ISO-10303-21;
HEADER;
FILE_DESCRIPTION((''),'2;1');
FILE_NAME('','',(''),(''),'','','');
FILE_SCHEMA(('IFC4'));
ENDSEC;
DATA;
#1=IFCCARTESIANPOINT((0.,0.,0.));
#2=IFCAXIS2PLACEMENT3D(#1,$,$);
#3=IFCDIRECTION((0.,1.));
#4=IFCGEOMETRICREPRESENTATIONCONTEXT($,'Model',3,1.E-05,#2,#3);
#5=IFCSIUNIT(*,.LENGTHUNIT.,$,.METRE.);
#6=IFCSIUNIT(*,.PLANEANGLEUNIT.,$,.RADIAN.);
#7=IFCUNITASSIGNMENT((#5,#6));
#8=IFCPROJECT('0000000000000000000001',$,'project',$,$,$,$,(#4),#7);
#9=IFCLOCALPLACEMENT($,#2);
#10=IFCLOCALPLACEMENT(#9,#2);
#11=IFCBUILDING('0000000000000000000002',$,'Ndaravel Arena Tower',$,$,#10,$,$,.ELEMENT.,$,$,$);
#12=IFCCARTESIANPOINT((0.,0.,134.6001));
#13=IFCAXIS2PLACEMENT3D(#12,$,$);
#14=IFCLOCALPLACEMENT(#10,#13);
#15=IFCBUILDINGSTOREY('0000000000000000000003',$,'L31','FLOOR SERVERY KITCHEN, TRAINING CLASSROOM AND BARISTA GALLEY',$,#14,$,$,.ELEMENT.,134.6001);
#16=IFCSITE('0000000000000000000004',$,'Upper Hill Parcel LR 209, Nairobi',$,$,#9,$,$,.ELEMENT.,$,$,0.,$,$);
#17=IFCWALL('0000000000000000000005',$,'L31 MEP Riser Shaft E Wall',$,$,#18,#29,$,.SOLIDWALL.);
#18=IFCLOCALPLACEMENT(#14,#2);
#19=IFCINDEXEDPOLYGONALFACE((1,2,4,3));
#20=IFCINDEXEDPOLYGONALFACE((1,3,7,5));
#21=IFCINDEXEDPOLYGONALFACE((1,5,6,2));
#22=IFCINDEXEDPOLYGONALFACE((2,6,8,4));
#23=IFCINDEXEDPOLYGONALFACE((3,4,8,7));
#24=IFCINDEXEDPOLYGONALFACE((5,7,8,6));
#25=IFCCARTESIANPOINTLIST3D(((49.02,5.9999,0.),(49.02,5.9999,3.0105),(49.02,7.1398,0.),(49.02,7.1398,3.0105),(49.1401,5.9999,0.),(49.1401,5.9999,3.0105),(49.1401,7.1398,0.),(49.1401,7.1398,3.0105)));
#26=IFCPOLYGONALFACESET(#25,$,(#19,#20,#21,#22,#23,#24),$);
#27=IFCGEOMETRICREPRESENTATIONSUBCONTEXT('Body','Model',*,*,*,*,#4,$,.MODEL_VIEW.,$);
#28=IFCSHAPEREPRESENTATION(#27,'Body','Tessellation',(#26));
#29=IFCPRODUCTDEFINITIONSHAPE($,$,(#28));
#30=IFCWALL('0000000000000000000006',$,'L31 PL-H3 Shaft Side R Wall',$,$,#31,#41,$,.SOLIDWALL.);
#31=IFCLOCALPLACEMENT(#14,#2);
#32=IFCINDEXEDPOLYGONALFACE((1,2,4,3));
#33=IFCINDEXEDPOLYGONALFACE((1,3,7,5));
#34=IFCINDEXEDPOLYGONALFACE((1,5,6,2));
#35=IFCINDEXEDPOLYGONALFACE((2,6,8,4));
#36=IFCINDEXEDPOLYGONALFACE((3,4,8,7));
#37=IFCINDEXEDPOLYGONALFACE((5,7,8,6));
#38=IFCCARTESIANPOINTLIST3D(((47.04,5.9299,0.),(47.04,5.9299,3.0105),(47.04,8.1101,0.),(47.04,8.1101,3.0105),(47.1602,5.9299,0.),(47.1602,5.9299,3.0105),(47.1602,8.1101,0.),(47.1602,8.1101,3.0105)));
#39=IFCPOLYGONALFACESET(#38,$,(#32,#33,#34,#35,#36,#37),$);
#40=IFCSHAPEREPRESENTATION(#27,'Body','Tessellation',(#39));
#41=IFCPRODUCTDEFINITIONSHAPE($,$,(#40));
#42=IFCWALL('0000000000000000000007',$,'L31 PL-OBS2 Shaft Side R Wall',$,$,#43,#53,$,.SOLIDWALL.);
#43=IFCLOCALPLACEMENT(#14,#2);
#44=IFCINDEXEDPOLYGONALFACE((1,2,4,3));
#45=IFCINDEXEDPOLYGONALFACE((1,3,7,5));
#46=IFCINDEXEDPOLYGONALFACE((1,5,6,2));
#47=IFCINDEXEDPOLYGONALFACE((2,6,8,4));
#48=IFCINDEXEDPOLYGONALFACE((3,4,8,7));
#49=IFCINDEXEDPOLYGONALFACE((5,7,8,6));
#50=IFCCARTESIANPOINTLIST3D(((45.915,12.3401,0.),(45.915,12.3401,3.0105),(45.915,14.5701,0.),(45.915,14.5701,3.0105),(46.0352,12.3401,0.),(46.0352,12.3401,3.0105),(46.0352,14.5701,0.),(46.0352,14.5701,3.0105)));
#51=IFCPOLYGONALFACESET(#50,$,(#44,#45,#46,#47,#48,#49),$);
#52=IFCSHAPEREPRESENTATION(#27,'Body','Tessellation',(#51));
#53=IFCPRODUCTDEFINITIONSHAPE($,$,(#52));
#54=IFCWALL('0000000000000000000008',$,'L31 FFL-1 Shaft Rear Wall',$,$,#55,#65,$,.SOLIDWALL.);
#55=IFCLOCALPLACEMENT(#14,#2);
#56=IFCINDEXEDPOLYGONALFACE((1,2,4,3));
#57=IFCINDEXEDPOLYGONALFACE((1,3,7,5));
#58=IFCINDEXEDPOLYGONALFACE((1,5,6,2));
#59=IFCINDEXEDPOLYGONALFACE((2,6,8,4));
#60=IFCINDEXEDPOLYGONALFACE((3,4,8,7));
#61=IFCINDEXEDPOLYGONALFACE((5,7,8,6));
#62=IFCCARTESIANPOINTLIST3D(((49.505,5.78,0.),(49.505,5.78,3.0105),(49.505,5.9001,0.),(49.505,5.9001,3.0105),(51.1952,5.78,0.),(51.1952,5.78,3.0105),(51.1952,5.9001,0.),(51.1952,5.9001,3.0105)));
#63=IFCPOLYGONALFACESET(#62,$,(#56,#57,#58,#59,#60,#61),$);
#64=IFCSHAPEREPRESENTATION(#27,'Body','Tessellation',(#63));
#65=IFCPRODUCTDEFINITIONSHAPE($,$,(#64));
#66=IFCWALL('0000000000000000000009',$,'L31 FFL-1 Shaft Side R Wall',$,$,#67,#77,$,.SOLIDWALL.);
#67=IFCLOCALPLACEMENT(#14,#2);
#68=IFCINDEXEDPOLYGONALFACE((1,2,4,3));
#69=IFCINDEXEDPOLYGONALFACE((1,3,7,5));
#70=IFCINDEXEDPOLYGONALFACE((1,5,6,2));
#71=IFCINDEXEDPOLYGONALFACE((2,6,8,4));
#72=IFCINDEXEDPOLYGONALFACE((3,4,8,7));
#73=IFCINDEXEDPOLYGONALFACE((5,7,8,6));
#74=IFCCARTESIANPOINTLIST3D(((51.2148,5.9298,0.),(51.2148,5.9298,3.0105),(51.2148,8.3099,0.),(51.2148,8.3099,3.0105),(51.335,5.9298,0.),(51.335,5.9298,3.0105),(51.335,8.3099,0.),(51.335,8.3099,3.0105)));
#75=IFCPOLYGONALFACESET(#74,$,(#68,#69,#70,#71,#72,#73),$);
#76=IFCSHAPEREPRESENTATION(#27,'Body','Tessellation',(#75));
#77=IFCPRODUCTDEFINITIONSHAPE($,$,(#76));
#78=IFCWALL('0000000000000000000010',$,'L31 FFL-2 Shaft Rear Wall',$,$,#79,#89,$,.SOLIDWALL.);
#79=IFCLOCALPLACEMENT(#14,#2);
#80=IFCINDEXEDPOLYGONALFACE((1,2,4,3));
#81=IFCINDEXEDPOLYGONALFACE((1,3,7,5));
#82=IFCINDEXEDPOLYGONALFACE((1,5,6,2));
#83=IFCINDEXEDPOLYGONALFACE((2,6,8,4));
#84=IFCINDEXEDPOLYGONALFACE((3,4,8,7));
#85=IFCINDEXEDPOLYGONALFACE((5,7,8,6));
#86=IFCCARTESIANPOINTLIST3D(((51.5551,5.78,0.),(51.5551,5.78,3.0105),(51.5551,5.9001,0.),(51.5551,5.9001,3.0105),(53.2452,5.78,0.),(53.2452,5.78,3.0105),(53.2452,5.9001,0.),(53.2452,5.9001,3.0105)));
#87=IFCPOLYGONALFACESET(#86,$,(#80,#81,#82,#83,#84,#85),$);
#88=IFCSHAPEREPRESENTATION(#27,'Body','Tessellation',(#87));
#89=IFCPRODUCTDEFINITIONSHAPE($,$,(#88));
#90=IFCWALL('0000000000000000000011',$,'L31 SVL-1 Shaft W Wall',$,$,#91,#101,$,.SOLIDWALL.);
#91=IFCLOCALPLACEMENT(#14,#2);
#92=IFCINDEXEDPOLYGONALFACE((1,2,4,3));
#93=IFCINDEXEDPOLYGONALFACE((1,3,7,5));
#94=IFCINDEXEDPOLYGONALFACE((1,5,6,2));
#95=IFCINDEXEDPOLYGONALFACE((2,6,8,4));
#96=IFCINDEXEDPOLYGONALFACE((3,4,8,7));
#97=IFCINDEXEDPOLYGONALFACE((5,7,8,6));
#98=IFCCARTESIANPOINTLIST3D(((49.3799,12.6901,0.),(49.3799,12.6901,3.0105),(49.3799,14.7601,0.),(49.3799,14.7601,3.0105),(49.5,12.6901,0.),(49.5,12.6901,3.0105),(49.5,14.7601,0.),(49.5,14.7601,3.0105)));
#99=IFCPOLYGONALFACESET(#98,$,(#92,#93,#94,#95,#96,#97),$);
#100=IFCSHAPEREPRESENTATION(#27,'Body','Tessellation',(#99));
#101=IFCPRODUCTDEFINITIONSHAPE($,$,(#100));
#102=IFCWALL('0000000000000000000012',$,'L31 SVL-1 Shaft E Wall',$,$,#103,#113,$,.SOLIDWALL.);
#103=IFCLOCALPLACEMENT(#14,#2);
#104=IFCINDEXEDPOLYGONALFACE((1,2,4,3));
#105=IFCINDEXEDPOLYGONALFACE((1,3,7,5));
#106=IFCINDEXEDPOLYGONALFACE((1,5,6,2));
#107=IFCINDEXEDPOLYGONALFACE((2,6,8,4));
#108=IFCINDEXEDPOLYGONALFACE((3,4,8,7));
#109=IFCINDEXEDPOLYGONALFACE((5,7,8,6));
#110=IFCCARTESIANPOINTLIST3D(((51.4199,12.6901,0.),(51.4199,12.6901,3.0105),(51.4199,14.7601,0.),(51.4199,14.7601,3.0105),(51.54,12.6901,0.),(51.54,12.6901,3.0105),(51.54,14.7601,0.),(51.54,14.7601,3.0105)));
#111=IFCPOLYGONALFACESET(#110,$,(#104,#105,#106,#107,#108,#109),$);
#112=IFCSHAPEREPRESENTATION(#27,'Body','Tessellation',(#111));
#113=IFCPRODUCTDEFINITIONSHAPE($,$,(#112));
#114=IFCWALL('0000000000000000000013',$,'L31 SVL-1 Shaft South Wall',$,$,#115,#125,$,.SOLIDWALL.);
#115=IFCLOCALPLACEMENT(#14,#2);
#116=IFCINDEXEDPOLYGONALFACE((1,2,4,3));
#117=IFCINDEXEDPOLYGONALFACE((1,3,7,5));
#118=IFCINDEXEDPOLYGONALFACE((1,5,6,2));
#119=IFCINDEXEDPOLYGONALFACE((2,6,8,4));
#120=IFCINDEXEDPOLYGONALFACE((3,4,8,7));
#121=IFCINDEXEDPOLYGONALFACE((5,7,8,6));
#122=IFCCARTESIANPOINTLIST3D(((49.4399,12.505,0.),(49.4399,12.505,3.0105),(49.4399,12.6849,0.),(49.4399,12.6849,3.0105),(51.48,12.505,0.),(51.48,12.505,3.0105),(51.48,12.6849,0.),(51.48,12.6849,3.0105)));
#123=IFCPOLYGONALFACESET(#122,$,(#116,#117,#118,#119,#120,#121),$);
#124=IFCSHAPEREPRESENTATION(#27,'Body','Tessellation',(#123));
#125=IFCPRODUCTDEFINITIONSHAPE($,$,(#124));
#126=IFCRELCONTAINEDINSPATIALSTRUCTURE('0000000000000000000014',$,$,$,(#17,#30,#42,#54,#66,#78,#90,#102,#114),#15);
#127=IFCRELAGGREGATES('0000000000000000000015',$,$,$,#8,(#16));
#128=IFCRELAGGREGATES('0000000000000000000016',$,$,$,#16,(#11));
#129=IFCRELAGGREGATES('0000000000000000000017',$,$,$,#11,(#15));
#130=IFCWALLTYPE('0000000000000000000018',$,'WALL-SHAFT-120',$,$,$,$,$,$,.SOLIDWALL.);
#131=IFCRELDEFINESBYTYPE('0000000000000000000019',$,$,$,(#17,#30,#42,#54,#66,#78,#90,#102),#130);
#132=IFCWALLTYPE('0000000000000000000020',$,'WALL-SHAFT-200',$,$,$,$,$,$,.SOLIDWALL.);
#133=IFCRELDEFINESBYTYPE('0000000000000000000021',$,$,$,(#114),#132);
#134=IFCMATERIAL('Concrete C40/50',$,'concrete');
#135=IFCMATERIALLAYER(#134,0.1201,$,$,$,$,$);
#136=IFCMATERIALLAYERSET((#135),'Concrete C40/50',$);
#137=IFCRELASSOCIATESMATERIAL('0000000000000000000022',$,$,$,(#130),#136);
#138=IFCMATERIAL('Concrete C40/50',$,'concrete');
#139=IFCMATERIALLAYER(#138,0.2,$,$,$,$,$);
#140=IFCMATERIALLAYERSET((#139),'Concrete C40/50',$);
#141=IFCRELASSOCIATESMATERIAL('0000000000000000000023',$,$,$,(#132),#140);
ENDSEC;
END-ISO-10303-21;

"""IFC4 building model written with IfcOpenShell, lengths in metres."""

from ifc_helpers import new_model, si_unit, direction, frame, frame_2d, origin, place, context, subcontext, project, spatial, rectangle, extrude, material, layer, layer_set, type_object, element, save


model = new_model("IFC4")

# Units and contexts
model_context = context("Model", 3, precision=1e-05, world=origin(), true_north=direction((0.0, 1.0)))
body_context = subcontext(model_context, "Body", "Model", "MODEL_VIEW")
ifc_project = project(units=[si_unit("LENGTHUNIT", "METRE"), si_unit("PLANEANGLEUNIT", "RADIAN")], contexts=[model_context])

# Site, building, storey
site_placement = place(None, origin())
site = spatial("IfcSite", under=ifc_project, at=site_placement, Name="Upper Hill Parcel LR 209, Nairobi", CompositionType="ELEMENT", RefElevation=0.0)
building_placement = place(site_placement, origin())
building = spatial("IfcBuilding", under=site, at=building_placement, Name="Ndaravel Arena Tower", CompositionType="ELEMENT")
storey_placement = place(building_placement, frame((0.0, 0.0, 134.6001)))
storey = spatial("IfcBuildingStorey", under=building, at=storey_placement, Name="L31", Description="FLOOR SERVERY KITCHEN, TRAINING CLASSROOM AND BARISTA GALLEY", CompositionType="ELEMENT", Elevation=134.6001)

# Walls
ifc_material_1 = material(Name="Concrete C40/50", Category="concrete")
ifc_layer_1 = layer(ifc_material_1, 0.1201)
ifc_layer_set_1 = layer_set([ifc_layer_1], Name="Concrete C40/50")
wall_type_1 = type_object("IfcWallType", Name="WALL-SHAFT-120", PredefinedType="SOLIDWALL", material=ifc_layer_set_1)
for number, where, z_axis, x_axis, name in (
    (1, (49.0801, 6.0, 0.0), (0.0, 0.0, 1.0), (0.0, 1.0, 0.0), "L31 MEP Riser Shaft E Wall"),
):
    element("IfcWall", number, at=place(storey_placement, frame(where, z_axis=z_axis, x_axis=x_axis)), inside=storey, type_object=wall_type_1, Name=name, PredefinedType="SOLIDWALL", context=body_context, shape_type="SweptSolid", body=[
        extrude(rectangle(XDim=1.1399, YDim=0.1201, at=frame_2d((0.5698, 0.0))), origin(), (0.0, 0.0, 1.0), 3.0105),
    ])
wall_1_placement = place(storey_placement, frame((47.1001, 5.9299, 0.0), z_axis=(0.0, 0.0, 1.0), x_axis=(0.0, 1.0, 0.0)))
element("IfcWall", 2, at=wall_1_placement, inside=storey, type_object=wall_type_1, Name="L31 PL-H3 Shaft Side R Wall", PredefinedType="SOLIDWALL", context=body_context, shape_type="SweptSolid", body=[
    extrude(rectangle(XDim=2.1802, YDim=0.1201, at=frame_2d((1.0901, 0.0))), origin(), (0.0, 0.0, 1.0), 3.0105),
])
wall_2_placement = place(storey_placement, frame((45.9751, 12.3401, 0.0), z_axis=(0.0, 0.0, 1.0), x_axis=(0.0, 1.0, 0.0)))
element("IfcWall", 3, at=wall_2_placement, inside=storey, type_object=wall_type_1, Name="L31 PL-OBS2 Shaft Side R Wall", PredefinedType="SOLIDWALL", context=body_context, shape_type="SweptSolid", body=[
    extrude(rectangle(XDim=2.23, YDim=0.1201, at=frame_2d((1.115, 0.0))), origin(), (0.0, 0.0, 1.0), 3.0105),
])
wall_3_placement = place(storey_placement, frame((49.5049, 5.8401, 0.0), z_axis=(0.0, 0.0, 1.0), x_axis=(1.0, 0.0, 0.0)))
element("IfcWall", 4, at=wall_3_placement, inside=storey, type_object=wall_type_1, Name="L31 FFL-1 Shaft Rear Wall", PredefinedType="SOLIDWALL", context=body_context, shape_type="SweptSolid", body=[
    extrude(rectangle(XDim=1.6902, YDim=0.1201, at=frame_2d((0.8452, 0.0))), origin(), (0.0, 0.0, 1.0), 3.0105),
])
wall_4_placement = place(storey_placement, frame((51.2749, 5.9299, 0.0), z_axis=(0.0, 0.0, 1.0), x_axis=(0.0, 1.0, 0.0)))
element("IfcWall", 5, at=wall_4_placement, inside=storey, type_object=wall_type_1, Name="L31 FFL-1 Shaft Side R Wall", PredefinedType="SOLIDWALL", context=body_context, shape_type="SweptSolid", body=[
    extrude(rectangle(XDim=2.3801, YDim=0.1201, at=frame_2d((1.1899, 0.0))), origin(), (0.0, 0.0, 1.0), 3.0105),
])
wall_5_placement = place(storey_placement, frame((51.5549, 5.8401, 0.0), z_axis=(0.0, 0.0, 1.0), x_axis=(1.0, 0.0, 0.0)))
element("IfcWall", 6, at=wall_5_placement, inside=storey, type_object=wall_type_1, Name="L31 FFL-2 Shaft Rear Wall", PredefinedType="SOLIDWALL", context=body_context, shape_type="SweptSolid", body=[
    extrude(rectangle(XDim=1.6902, YDim=0.1201, at=frame_2d((0.8452, 0.0))), origin(), (0.0, 0.0, 1.0), 3.0105),
])
for number, where, z_axis, x_axis, name in (
    (7, (49.4399, 12.6899, 0.0), (0.0, 0.0, 1.0), (0.0, 1.0, 0.0), "L31 SVL-1 Shaft W Wall"),
    (8, (51.48, 12.6899, 0.0), (0.0, 0.0, 1.0), (0.0, 1.0, 0.0), "L31 SVL-1 Shaft E Wall"),
):
    element("IfcWall", number, at=place(storey_placement, frame(where, z_axis=z_axis, x_axis=x_axis)), inside=storey, type_object=wall_type_1, Name=name, PredefinedType="SOLIDWALL", context=body_context, shape_type="SweptSolid", body=[
        extrude(rectangle(XDim=2.0701, YDim=0.1201, at=frame_2d((1.0352, 0.0))), origin(), (0.0, 0.0, 1.0), 3.0105),
    ])

# Shared definitions
ifc_material_2 = material(Name="Concrete C40/50", Category="concrete")
ifc_layer_2 = layer(ifc_material_2, 0.2)
ifc_layer_set_2 = layer_set([ifc_layer_2], Name="Concrete C40/50")
wall_type_2 = type_object("IfcWallType", Name="WALL-SHAFT-200", PredefinedType="SOLIDWALL", material=ifc_layer_set_2)

# Wall
wall_6_placement = place(storey_placement, frame((49.4399, 12.595, 0.0), z_axis=(0.0, 0.0, 1.0), x_axis=(1.0, 0.0, 0.0)))
element("IfcWall", 9, at=wall_6_placement, inside=storey, type_object=wall_type_2, Name="L31 SVL-1 Shaft South Wall", PredefinedType="SOLIDWALL", context=body_context, shape_type="SweptSolid", body=[
    extrude(rectangle(XDim=2.04, YDim=0.1799, at=frame_2d((1.02, 0.0))), origin(), (0.0, 0.0, 1.0), 3.0105),
])

save(model, "model.ifc")
